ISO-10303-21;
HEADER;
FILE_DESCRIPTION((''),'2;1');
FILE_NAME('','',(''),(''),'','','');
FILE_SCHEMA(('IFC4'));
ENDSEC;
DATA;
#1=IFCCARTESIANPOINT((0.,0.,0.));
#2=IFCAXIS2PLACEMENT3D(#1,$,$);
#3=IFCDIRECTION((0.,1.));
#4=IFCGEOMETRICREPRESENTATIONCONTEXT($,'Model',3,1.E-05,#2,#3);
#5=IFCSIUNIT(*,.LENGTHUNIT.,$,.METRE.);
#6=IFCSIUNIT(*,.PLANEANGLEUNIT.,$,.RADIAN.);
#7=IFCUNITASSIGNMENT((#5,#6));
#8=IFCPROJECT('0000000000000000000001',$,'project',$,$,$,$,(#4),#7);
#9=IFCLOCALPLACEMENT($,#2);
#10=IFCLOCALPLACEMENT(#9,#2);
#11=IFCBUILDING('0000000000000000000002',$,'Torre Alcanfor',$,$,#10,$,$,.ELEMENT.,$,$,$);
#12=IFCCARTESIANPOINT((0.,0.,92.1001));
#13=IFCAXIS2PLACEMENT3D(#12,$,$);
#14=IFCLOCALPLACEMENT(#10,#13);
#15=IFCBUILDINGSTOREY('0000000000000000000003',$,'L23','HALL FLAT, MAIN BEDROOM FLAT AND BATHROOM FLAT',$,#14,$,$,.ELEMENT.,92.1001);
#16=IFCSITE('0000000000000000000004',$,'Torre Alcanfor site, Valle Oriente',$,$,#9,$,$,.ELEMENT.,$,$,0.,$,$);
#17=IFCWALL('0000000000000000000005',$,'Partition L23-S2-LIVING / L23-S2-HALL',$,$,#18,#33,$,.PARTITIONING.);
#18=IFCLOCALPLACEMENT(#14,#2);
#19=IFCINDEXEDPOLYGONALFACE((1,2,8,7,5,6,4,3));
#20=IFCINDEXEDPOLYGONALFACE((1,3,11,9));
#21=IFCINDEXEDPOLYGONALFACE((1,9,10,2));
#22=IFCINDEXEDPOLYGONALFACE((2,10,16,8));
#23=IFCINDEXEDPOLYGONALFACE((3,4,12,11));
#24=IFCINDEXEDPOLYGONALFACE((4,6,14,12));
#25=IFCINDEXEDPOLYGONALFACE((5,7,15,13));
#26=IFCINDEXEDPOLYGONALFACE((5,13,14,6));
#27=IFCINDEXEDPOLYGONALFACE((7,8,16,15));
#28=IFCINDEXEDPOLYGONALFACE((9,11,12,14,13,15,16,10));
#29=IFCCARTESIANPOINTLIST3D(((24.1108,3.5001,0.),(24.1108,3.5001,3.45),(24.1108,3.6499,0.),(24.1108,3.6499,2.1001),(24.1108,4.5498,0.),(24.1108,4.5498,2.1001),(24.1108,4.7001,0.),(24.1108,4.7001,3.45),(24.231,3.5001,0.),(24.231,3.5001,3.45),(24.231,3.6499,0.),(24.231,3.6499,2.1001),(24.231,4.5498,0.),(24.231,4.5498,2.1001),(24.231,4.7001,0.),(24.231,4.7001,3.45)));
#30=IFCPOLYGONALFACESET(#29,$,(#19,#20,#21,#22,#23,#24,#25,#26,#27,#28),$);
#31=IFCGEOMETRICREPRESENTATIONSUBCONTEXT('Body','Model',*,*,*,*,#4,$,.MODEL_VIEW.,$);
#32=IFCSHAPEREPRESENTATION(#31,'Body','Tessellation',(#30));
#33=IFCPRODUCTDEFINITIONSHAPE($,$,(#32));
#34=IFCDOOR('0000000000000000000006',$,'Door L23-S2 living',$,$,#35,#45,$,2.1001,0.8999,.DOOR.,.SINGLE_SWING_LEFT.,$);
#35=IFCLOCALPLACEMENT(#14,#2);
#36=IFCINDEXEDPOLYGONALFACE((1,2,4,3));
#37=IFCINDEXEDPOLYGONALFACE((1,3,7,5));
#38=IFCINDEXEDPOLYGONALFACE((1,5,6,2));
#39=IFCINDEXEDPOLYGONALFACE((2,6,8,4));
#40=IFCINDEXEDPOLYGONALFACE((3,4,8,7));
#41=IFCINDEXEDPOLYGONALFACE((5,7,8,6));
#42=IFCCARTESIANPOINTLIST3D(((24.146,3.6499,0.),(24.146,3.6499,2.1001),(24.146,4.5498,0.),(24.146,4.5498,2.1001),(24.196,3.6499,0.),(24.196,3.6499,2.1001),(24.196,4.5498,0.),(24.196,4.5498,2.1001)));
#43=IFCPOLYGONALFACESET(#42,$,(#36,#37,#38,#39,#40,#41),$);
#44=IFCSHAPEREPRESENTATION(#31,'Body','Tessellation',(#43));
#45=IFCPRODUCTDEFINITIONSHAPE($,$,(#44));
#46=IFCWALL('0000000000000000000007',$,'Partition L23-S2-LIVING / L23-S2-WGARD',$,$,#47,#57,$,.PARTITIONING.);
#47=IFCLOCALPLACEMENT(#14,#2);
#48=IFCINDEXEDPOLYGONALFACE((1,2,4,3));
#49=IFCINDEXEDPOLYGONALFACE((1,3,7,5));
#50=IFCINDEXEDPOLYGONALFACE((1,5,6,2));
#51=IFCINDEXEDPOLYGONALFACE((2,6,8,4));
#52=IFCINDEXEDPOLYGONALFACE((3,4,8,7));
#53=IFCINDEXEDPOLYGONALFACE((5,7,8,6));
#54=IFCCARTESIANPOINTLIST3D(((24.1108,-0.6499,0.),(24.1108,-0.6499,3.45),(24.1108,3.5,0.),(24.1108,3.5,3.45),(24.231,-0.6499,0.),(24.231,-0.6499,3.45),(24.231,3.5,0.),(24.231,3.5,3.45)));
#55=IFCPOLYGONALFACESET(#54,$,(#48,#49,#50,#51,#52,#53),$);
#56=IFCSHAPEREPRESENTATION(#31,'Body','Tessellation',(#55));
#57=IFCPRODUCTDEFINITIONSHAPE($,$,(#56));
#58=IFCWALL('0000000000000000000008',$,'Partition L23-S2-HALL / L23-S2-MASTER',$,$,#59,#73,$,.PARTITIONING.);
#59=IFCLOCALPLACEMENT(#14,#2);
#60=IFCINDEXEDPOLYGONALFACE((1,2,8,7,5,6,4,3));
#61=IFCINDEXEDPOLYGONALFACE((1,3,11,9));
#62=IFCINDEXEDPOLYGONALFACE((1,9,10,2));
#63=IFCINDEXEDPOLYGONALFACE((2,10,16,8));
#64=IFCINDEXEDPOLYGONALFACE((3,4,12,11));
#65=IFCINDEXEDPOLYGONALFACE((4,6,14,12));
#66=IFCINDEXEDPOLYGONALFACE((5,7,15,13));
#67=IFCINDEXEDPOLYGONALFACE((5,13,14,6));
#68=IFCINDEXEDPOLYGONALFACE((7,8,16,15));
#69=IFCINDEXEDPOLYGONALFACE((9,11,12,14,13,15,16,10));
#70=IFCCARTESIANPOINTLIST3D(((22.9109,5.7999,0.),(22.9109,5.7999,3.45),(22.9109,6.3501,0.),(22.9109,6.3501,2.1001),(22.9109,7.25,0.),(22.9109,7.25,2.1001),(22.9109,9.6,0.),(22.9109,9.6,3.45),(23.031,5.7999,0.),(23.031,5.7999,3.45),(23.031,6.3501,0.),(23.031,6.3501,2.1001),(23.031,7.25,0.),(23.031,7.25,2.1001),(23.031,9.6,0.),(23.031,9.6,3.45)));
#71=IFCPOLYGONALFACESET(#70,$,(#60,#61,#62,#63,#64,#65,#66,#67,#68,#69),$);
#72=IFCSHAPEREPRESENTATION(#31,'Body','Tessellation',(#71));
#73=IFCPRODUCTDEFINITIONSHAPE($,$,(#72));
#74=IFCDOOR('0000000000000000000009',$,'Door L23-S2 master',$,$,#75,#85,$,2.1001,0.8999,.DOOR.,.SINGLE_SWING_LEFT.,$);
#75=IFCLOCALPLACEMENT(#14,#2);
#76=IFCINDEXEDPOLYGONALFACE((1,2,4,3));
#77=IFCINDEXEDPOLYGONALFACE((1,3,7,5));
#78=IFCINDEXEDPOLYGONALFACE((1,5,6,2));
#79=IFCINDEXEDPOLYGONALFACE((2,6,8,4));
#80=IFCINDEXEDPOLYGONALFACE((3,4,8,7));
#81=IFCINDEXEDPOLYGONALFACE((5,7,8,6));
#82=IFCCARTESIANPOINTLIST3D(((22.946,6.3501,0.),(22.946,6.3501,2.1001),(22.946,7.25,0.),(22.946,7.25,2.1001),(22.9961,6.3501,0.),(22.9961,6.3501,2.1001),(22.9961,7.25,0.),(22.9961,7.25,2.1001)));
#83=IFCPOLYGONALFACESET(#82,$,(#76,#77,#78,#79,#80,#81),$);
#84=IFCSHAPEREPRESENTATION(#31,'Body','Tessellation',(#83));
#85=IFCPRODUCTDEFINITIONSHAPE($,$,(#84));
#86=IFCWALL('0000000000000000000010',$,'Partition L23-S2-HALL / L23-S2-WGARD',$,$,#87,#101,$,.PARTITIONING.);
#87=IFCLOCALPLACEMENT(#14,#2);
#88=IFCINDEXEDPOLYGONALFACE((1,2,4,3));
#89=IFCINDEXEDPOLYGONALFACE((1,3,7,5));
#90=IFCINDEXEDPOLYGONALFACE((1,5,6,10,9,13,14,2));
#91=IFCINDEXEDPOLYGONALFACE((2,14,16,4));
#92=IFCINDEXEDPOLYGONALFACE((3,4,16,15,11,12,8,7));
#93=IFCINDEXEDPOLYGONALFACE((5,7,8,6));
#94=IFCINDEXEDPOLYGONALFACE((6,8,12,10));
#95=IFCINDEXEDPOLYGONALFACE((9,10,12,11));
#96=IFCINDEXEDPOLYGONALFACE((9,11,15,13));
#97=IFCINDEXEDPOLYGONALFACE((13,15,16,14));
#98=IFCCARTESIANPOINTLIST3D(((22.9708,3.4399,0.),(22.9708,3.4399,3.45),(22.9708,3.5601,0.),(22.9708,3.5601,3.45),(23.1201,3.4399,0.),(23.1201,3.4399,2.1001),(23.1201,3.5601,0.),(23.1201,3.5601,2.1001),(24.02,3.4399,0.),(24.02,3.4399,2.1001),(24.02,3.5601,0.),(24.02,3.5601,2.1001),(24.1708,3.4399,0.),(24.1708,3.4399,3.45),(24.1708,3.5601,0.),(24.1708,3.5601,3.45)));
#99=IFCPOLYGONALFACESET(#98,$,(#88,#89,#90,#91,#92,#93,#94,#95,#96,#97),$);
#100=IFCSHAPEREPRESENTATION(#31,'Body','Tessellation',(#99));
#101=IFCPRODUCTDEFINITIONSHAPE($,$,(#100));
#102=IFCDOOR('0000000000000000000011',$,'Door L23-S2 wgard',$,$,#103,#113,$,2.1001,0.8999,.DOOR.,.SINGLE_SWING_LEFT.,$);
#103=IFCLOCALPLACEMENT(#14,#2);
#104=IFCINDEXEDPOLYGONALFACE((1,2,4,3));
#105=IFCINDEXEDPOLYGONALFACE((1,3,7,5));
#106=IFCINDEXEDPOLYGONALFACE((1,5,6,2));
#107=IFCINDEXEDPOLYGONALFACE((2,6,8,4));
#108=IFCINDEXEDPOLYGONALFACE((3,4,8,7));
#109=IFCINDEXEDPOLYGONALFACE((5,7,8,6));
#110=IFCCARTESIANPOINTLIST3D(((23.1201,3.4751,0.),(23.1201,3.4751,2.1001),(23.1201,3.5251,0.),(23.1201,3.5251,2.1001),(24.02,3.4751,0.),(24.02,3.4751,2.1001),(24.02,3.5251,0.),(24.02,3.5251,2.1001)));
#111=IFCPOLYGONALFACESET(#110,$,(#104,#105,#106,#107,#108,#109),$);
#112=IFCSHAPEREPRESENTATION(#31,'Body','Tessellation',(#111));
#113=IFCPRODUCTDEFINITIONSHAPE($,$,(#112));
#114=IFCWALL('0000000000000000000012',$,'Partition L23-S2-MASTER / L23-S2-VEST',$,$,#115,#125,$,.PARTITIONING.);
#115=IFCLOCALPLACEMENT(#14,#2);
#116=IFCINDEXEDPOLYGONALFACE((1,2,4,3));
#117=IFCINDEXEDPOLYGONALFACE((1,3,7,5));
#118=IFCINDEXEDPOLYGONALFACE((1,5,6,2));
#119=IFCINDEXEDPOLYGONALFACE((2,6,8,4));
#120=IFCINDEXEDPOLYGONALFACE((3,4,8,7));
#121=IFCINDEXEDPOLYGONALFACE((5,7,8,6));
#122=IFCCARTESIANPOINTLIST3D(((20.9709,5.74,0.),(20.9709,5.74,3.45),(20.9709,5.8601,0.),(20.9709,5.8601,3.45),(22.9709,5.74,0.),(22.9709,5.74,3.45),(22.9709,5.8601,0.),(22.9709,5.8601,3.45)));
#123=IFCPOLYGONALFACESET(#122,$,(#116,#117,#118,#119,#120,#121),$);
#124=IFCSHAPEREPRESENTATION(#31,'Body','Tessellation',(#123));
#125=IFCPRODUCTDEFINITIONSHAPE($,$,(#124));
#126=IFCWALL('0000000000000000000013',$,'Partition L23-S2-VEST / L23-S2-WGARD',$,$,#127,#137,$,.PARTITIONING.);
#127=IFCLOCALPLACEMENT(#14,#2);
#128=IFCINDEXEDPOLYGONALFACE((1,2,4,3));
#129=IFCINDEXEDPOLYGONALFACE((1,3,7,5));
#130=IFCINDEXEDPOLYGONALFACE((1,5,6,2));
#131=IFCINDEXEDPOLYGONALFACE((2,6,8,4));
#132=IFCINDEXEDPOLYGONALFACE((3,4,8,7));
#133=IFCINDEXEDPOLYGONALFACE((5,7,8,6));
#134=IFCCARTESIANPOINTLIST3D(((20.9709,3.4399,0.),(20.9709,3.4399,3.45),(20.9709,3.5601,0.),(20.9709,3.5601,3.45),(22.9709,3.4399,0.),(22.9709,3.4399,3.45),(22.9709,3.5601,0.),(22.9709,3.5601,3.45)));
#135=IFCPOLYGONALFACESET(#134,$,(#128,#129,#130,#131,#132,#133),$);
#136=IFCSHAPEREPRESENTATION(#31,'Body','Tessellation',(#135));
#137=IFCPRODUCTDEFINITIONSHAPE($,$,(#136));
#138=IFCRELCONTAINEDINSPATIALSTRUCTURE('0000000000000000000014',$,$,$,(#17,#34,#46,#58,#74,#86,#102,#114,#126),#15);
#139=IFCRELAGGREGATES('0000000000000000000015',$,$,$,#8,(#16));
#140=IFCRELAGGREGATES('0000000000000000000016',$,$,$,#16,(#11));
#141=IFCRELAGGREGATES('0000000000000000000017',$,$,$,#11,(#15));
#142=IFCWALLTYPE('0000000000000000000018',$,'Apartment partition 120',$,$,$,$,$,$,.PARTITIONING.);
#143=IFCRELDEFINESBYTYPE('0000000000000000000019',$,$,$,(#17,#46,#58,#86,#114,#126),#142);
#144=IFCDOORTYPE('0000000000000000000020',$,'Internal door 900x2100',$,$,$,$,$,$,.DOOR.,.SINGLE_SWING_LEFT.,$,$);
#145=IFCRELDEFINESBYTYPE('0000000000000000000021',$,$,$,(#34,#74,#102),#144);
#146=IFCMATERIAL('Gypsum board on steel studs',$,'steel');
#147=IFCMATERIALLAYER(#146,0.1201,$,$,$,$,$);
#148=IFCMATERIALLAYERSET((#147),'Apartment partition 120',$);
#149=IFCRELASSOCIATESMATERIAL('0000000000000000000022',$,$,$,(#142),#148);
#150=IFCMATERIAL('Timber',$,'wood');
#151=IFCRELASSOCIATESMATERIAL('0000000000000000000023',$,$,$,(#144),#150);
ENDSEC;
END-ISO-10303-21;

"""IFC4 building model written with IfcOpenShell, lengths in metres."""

from ifc_helpers import new_model, si_unit, direction, frame, frame_2d, origin, place, context, subcontext, project, spatial, rectangle, extrude, material, layer, layer_set, type_object, element, fill, save


model = new_model("IFC4")

# Units and contexts
model_context = context("Model", 3, precision=1e-05, world=origin(), true_north=direction((0.0, 1.0)))
body_context = subcontext(model_context, "Body", "Model", "MODEL_VIEW")
ifc_project = project(units=[si_unit("LENGTHUNIT", "METRE"), si_unit("PLANEANGLEUNIT", "RADIAN")], contexts=[model_context])

# Site, building, storey
site_placement = place(None, origin())
site = spatial("IfcSite", under=ifc_project, at=site_placement, Name="Torre Alcanfor site, Valle Oriente", CompositionType="ELEMENT", RefElevation=0.0)
building_placement = place(site_placement, origin())
building = spatial("IfcBuilding", under=site, at=building_placement, Name="Torre Alcanfor", CompositionType="ELEMENT")
storey_placement = place(building_placement, frame((0.0, 0.0, 92.1001)))
storey = spatial("IfcBuildingStorey", under=building, at=storey_placement, Name="L23", Description="HALL FLAT, MAIN BEDROOM FLAT AND BATHROOM FLAT", CompositionType="ELEMENT", Elevation=92.1001)

# Shared definitions
ifc_material_1 = material(Name="Gypsum board on steel studs", Category="steel")
ifc_layer_1 = layer(ifc_material_1, 0.1201)
ifc_layer_set_1 = layer_set([ifc_layer_1], Name="Apartment partition 120")
wall_type = type_object("IfcWallType", Name="Apartment partition 120", PredefinedType="PARTITIONING", material=ifc_layer_set_1)
ifc_material_2 = material(Name="Timber", Category="wood")
door_type = type_object("IfcDoorType", Name="Internal door 900x2100", OperationType="SINGLE_SWING_LEFT", PredefinedType="DOOR", material=ifc_material_2)

# Wall, opening, door
wall_1_placement = place(storey_placement, frame((24.1709, 3.5, 0.0), z_axis=(0.0, 0.0, 1.0), x_axis=(0.0, 1.0, 0.0)))
wall_1 = element("IfcWall", 1, at=wall_1_placement, inside=storey, type_object=wall_type, Name="Partition L23-S2-LIVING / L23-S2-HALL", PredefinedType="PARTITIONING", context=body_context, shape_type="SweptSolid", body=[
    extrude(rectangle(XDim=1.2, YDim=0.1201, at=frame_2d((0.6001, 0.0))), origin(), (0.0, 0.0, 1.0), 3.45),
])
opening_1_placement = place(wall_1_placement, frame((0.1499, 0.0, 0.0)))
opening_1 = element("IfcOpeningElement", 2, at=opening_1_placement, cuts=wall_1, PredefinedType="OPENING", context=body_context, shape_type="SweptSolid", body=[
    extrude(rectangle(XDim=0.8999, YDim=2.1001, at=frame_2d((0.45, 1.05))), frame((0.0, 0.0701, 0.0), z_axis=(0.0, -1.0, 0.0), x_axis=(1.0, 0.0, 0.0)), (0.0, 0.0, 1.0), 0.1401),
])
door_1_placement = place(opening_1_placement, frame((0.8999, 0.0, 0.0), z_axis=(0.0, 0.0, 1.0), x_axis=(-1.0, 0.0, 0.0)))
door_1 = element("IfcDoor", 3, at=door_1_placement, inside=storey, type_object=door_type, Name="Door L23-S2 living", OperationType="SINGLE_SWING_LEFT", OverallHeight=2.1001, OverallWidth=0.8999, PredefinedType="DOOR", context=body_context, shape_type="SweptSolid", body=[
    extrude(rectangle(XDim=0.8999, YDim=2.1001, at=frame_2d((0.45, 1.05))), frame((0.0, 0.0251, 0.0), z_axis=(0.0, -1.0, 0.0), x_axis=(1.0, 0.0, 0.0)), (0.0, 0.0, 1.0), 0.05),
])
fill(opening_1, door_1)

# Wall
wall_2_placement = place(storey_placement, frame((24.1709, -0.6499, 0.0), z_axis=(0.0, 0.0, 1.0), x_axis=(0.0, 1.0, 0.0)))
element("IfcWall", 4, at=wall_2_placement, inside=storey, type_object=wall_type, Name="Partition L23-S2-LIVING / L23-S2-WGARD", PredefinedType="PARTITIONING", context=body_context, shape_type="SweptSolid", body=[
    extrude(rectangle(XDim=4.1499, YDim=0.1201, at=frame_2d((2.075, 0.0))), origin(), (0.0, 0.0, 1.0), 3.45),
])

# Walls, openings, doors
wall_3_placement = place(storey_placement, frame((22.9709, 5.8, 0.0), z_axis=(0.0, 0.0, 1.0), x_axis=(0.0, 1.0, 0.0)))
wall_3 = element("IfcWall", 5, at=wall_3_placement, inside=storey, type_object=wall_type, Name="Partition L23-S2-HALL / L23-S2-MASTER", PredefinedType="PARTITIONING", context=body_context, shape_type="SweptSolid", body=[
    extrude(rectangle(XDim=3.8, YDim=0.1201, at=frame_2d((1.8999, 0.0))), origin(), (0.0, 0.0, 1.0), 3.45),
])
opening_2_placement = place(wall_3_placement, frame((0.55, 0.0, 0.0)))
opening_2 = element("IfcOpeningElement", 6, at=opening_2_placement, cuts=wall_3, PredefinedType="OPENING", context=body_context, shape_type="SweptSolid", body=[
    extrude(rectangle(XDim=0.8999, YDim=2.1001, at=frame_2d((0.45, 1.05))), frame((0.0, 0.0701, 0.0), z_axis=(0.0, -1.0, 0.0), x_axis=(1.0, 0.0, 0.0)), (0.0, 0.0, 1.0), 0.1401),
])
door_2_placement = place(opening_2_placement, origin())
door_2 = element("IfcDoor", 7, at=door_2_placement, inside=storey, type_object=door_type, Name="Door L23-S2 master", OperationType="SINGLE_SWING_LEFT", OverallHeight=2.1001, OverallWidth=0.8999, PredefinedType="DOOR", context=body_context, shape_type="SweptSolid", body=[
    extrude(rectangle(XDim=0.8999, YDim=2.1001, at=frame_2d((0.45, 1.05))), frame((0.0, 0.0249, 0.0), z_axis=(0.0, -1.0, 0.0), x_axis=(1.0, 0.0, 0.0)), (0.0, 0.0, 1.0), 0.05),
])
fill(opening_2, door_2)
wall_4_placement = place(storey_placement, frame((24.1709, 3.5, 0.0), z_axis=(0.0, 0.0, 1.0), x_axis=(-1.0, 0.0, 0.0)))
wall_4 = element("IfcWall", 8, at=wall_4_placement, inside=storey, type_object=wall_type, Name="Partition L23-S2-HALL / L23-S2-WGARD", PredefinedType="PARTITIONING", context=body_context, shape_type="SweptSolid", body=[
    extrude(rectangle(XDim=1.2, YDim=0.1201, at=frame_2d((0.6001, 0.0))), origin(), (0.0, 0.0, 1.0), 3.45),
])
opening_3_placement = place(wall_4_placement, frame((0.1509, 0.0, 0.0)))
opening_3 = element("IfcOpeningElement", 9, at=opening_3_placement, cuts=wall_4, PredefinedType="OPENING", context=body_context, shape_type="SweptSolid", body=[
    extrude(rectangle(XDim=0.8999, YDim=2.1001, at=frame_2d((0.45, 1.05))), frame((0.0, 0.0701, 0.0), z_axis=(0.0, -1.0, 0.0), x_axis=(1.0, 0.0, 0.0)), (0.0, 0.0, 1.0), 0.1401),
])
door_3_placement = place(opening_3_placement, origin())
door_3 = element("IfcDoor", 10, at=door_3_placement, inside=storey, type_object=door_type, Name="Door L23-S2 wgard", OperationType="SINGLE_SWING_LEFT", OverallHeight=2.1001, OverallWidth=0.8999, PredefinedType="DOOR", context=body_context, shape_type="SweptSolid", body=[
    extrude(rectangle(XDim=0.8999, YDim=2.1001, at=frame_2d((0.45, 1.05))), frame((0.0, 0.0249, 0.0), z_axis=(0.0, -1.0, 0.0), x_axis=(1.0, 0.0, 0.0)), (0.0, 0.0, 1.0), 0.05),
])
fill(opening_3, door_3)

# Walls
for number, where, z_axis, x_axis, name in (
    (11, (22.9709, 5.8, 0.0), (0.0, 0.0, 1.0), (-1.0, 0.0, 0.0), "Partition L23-S2-MASTER / L23-S2-VEST"),
    (12, (22.9709, 3.5, 0.0), (0.0, 0.0, 1.0), (-1.0, 0.0, 0.0), "Partition L23-S2-VEST / L23-S2-WGARD"),
):
    element("IfcWall", number, at=place(storey_placement, frame(where, z_axis=z_axis, x_axis=x_axis)), inside=storey, type_object=wall_type, Name=name, PredefinedType="PARTITIONING", context=body_context, shape_type="SweptSolid", body=[
        extrude(rectangle(XDim=2.0, YDim=0.1201, at=frame_2d((1.0, 0.0))), origin(), (0.0, 0.0, 1.0), 3.45),
    ])

save(model, "model.ifc")
